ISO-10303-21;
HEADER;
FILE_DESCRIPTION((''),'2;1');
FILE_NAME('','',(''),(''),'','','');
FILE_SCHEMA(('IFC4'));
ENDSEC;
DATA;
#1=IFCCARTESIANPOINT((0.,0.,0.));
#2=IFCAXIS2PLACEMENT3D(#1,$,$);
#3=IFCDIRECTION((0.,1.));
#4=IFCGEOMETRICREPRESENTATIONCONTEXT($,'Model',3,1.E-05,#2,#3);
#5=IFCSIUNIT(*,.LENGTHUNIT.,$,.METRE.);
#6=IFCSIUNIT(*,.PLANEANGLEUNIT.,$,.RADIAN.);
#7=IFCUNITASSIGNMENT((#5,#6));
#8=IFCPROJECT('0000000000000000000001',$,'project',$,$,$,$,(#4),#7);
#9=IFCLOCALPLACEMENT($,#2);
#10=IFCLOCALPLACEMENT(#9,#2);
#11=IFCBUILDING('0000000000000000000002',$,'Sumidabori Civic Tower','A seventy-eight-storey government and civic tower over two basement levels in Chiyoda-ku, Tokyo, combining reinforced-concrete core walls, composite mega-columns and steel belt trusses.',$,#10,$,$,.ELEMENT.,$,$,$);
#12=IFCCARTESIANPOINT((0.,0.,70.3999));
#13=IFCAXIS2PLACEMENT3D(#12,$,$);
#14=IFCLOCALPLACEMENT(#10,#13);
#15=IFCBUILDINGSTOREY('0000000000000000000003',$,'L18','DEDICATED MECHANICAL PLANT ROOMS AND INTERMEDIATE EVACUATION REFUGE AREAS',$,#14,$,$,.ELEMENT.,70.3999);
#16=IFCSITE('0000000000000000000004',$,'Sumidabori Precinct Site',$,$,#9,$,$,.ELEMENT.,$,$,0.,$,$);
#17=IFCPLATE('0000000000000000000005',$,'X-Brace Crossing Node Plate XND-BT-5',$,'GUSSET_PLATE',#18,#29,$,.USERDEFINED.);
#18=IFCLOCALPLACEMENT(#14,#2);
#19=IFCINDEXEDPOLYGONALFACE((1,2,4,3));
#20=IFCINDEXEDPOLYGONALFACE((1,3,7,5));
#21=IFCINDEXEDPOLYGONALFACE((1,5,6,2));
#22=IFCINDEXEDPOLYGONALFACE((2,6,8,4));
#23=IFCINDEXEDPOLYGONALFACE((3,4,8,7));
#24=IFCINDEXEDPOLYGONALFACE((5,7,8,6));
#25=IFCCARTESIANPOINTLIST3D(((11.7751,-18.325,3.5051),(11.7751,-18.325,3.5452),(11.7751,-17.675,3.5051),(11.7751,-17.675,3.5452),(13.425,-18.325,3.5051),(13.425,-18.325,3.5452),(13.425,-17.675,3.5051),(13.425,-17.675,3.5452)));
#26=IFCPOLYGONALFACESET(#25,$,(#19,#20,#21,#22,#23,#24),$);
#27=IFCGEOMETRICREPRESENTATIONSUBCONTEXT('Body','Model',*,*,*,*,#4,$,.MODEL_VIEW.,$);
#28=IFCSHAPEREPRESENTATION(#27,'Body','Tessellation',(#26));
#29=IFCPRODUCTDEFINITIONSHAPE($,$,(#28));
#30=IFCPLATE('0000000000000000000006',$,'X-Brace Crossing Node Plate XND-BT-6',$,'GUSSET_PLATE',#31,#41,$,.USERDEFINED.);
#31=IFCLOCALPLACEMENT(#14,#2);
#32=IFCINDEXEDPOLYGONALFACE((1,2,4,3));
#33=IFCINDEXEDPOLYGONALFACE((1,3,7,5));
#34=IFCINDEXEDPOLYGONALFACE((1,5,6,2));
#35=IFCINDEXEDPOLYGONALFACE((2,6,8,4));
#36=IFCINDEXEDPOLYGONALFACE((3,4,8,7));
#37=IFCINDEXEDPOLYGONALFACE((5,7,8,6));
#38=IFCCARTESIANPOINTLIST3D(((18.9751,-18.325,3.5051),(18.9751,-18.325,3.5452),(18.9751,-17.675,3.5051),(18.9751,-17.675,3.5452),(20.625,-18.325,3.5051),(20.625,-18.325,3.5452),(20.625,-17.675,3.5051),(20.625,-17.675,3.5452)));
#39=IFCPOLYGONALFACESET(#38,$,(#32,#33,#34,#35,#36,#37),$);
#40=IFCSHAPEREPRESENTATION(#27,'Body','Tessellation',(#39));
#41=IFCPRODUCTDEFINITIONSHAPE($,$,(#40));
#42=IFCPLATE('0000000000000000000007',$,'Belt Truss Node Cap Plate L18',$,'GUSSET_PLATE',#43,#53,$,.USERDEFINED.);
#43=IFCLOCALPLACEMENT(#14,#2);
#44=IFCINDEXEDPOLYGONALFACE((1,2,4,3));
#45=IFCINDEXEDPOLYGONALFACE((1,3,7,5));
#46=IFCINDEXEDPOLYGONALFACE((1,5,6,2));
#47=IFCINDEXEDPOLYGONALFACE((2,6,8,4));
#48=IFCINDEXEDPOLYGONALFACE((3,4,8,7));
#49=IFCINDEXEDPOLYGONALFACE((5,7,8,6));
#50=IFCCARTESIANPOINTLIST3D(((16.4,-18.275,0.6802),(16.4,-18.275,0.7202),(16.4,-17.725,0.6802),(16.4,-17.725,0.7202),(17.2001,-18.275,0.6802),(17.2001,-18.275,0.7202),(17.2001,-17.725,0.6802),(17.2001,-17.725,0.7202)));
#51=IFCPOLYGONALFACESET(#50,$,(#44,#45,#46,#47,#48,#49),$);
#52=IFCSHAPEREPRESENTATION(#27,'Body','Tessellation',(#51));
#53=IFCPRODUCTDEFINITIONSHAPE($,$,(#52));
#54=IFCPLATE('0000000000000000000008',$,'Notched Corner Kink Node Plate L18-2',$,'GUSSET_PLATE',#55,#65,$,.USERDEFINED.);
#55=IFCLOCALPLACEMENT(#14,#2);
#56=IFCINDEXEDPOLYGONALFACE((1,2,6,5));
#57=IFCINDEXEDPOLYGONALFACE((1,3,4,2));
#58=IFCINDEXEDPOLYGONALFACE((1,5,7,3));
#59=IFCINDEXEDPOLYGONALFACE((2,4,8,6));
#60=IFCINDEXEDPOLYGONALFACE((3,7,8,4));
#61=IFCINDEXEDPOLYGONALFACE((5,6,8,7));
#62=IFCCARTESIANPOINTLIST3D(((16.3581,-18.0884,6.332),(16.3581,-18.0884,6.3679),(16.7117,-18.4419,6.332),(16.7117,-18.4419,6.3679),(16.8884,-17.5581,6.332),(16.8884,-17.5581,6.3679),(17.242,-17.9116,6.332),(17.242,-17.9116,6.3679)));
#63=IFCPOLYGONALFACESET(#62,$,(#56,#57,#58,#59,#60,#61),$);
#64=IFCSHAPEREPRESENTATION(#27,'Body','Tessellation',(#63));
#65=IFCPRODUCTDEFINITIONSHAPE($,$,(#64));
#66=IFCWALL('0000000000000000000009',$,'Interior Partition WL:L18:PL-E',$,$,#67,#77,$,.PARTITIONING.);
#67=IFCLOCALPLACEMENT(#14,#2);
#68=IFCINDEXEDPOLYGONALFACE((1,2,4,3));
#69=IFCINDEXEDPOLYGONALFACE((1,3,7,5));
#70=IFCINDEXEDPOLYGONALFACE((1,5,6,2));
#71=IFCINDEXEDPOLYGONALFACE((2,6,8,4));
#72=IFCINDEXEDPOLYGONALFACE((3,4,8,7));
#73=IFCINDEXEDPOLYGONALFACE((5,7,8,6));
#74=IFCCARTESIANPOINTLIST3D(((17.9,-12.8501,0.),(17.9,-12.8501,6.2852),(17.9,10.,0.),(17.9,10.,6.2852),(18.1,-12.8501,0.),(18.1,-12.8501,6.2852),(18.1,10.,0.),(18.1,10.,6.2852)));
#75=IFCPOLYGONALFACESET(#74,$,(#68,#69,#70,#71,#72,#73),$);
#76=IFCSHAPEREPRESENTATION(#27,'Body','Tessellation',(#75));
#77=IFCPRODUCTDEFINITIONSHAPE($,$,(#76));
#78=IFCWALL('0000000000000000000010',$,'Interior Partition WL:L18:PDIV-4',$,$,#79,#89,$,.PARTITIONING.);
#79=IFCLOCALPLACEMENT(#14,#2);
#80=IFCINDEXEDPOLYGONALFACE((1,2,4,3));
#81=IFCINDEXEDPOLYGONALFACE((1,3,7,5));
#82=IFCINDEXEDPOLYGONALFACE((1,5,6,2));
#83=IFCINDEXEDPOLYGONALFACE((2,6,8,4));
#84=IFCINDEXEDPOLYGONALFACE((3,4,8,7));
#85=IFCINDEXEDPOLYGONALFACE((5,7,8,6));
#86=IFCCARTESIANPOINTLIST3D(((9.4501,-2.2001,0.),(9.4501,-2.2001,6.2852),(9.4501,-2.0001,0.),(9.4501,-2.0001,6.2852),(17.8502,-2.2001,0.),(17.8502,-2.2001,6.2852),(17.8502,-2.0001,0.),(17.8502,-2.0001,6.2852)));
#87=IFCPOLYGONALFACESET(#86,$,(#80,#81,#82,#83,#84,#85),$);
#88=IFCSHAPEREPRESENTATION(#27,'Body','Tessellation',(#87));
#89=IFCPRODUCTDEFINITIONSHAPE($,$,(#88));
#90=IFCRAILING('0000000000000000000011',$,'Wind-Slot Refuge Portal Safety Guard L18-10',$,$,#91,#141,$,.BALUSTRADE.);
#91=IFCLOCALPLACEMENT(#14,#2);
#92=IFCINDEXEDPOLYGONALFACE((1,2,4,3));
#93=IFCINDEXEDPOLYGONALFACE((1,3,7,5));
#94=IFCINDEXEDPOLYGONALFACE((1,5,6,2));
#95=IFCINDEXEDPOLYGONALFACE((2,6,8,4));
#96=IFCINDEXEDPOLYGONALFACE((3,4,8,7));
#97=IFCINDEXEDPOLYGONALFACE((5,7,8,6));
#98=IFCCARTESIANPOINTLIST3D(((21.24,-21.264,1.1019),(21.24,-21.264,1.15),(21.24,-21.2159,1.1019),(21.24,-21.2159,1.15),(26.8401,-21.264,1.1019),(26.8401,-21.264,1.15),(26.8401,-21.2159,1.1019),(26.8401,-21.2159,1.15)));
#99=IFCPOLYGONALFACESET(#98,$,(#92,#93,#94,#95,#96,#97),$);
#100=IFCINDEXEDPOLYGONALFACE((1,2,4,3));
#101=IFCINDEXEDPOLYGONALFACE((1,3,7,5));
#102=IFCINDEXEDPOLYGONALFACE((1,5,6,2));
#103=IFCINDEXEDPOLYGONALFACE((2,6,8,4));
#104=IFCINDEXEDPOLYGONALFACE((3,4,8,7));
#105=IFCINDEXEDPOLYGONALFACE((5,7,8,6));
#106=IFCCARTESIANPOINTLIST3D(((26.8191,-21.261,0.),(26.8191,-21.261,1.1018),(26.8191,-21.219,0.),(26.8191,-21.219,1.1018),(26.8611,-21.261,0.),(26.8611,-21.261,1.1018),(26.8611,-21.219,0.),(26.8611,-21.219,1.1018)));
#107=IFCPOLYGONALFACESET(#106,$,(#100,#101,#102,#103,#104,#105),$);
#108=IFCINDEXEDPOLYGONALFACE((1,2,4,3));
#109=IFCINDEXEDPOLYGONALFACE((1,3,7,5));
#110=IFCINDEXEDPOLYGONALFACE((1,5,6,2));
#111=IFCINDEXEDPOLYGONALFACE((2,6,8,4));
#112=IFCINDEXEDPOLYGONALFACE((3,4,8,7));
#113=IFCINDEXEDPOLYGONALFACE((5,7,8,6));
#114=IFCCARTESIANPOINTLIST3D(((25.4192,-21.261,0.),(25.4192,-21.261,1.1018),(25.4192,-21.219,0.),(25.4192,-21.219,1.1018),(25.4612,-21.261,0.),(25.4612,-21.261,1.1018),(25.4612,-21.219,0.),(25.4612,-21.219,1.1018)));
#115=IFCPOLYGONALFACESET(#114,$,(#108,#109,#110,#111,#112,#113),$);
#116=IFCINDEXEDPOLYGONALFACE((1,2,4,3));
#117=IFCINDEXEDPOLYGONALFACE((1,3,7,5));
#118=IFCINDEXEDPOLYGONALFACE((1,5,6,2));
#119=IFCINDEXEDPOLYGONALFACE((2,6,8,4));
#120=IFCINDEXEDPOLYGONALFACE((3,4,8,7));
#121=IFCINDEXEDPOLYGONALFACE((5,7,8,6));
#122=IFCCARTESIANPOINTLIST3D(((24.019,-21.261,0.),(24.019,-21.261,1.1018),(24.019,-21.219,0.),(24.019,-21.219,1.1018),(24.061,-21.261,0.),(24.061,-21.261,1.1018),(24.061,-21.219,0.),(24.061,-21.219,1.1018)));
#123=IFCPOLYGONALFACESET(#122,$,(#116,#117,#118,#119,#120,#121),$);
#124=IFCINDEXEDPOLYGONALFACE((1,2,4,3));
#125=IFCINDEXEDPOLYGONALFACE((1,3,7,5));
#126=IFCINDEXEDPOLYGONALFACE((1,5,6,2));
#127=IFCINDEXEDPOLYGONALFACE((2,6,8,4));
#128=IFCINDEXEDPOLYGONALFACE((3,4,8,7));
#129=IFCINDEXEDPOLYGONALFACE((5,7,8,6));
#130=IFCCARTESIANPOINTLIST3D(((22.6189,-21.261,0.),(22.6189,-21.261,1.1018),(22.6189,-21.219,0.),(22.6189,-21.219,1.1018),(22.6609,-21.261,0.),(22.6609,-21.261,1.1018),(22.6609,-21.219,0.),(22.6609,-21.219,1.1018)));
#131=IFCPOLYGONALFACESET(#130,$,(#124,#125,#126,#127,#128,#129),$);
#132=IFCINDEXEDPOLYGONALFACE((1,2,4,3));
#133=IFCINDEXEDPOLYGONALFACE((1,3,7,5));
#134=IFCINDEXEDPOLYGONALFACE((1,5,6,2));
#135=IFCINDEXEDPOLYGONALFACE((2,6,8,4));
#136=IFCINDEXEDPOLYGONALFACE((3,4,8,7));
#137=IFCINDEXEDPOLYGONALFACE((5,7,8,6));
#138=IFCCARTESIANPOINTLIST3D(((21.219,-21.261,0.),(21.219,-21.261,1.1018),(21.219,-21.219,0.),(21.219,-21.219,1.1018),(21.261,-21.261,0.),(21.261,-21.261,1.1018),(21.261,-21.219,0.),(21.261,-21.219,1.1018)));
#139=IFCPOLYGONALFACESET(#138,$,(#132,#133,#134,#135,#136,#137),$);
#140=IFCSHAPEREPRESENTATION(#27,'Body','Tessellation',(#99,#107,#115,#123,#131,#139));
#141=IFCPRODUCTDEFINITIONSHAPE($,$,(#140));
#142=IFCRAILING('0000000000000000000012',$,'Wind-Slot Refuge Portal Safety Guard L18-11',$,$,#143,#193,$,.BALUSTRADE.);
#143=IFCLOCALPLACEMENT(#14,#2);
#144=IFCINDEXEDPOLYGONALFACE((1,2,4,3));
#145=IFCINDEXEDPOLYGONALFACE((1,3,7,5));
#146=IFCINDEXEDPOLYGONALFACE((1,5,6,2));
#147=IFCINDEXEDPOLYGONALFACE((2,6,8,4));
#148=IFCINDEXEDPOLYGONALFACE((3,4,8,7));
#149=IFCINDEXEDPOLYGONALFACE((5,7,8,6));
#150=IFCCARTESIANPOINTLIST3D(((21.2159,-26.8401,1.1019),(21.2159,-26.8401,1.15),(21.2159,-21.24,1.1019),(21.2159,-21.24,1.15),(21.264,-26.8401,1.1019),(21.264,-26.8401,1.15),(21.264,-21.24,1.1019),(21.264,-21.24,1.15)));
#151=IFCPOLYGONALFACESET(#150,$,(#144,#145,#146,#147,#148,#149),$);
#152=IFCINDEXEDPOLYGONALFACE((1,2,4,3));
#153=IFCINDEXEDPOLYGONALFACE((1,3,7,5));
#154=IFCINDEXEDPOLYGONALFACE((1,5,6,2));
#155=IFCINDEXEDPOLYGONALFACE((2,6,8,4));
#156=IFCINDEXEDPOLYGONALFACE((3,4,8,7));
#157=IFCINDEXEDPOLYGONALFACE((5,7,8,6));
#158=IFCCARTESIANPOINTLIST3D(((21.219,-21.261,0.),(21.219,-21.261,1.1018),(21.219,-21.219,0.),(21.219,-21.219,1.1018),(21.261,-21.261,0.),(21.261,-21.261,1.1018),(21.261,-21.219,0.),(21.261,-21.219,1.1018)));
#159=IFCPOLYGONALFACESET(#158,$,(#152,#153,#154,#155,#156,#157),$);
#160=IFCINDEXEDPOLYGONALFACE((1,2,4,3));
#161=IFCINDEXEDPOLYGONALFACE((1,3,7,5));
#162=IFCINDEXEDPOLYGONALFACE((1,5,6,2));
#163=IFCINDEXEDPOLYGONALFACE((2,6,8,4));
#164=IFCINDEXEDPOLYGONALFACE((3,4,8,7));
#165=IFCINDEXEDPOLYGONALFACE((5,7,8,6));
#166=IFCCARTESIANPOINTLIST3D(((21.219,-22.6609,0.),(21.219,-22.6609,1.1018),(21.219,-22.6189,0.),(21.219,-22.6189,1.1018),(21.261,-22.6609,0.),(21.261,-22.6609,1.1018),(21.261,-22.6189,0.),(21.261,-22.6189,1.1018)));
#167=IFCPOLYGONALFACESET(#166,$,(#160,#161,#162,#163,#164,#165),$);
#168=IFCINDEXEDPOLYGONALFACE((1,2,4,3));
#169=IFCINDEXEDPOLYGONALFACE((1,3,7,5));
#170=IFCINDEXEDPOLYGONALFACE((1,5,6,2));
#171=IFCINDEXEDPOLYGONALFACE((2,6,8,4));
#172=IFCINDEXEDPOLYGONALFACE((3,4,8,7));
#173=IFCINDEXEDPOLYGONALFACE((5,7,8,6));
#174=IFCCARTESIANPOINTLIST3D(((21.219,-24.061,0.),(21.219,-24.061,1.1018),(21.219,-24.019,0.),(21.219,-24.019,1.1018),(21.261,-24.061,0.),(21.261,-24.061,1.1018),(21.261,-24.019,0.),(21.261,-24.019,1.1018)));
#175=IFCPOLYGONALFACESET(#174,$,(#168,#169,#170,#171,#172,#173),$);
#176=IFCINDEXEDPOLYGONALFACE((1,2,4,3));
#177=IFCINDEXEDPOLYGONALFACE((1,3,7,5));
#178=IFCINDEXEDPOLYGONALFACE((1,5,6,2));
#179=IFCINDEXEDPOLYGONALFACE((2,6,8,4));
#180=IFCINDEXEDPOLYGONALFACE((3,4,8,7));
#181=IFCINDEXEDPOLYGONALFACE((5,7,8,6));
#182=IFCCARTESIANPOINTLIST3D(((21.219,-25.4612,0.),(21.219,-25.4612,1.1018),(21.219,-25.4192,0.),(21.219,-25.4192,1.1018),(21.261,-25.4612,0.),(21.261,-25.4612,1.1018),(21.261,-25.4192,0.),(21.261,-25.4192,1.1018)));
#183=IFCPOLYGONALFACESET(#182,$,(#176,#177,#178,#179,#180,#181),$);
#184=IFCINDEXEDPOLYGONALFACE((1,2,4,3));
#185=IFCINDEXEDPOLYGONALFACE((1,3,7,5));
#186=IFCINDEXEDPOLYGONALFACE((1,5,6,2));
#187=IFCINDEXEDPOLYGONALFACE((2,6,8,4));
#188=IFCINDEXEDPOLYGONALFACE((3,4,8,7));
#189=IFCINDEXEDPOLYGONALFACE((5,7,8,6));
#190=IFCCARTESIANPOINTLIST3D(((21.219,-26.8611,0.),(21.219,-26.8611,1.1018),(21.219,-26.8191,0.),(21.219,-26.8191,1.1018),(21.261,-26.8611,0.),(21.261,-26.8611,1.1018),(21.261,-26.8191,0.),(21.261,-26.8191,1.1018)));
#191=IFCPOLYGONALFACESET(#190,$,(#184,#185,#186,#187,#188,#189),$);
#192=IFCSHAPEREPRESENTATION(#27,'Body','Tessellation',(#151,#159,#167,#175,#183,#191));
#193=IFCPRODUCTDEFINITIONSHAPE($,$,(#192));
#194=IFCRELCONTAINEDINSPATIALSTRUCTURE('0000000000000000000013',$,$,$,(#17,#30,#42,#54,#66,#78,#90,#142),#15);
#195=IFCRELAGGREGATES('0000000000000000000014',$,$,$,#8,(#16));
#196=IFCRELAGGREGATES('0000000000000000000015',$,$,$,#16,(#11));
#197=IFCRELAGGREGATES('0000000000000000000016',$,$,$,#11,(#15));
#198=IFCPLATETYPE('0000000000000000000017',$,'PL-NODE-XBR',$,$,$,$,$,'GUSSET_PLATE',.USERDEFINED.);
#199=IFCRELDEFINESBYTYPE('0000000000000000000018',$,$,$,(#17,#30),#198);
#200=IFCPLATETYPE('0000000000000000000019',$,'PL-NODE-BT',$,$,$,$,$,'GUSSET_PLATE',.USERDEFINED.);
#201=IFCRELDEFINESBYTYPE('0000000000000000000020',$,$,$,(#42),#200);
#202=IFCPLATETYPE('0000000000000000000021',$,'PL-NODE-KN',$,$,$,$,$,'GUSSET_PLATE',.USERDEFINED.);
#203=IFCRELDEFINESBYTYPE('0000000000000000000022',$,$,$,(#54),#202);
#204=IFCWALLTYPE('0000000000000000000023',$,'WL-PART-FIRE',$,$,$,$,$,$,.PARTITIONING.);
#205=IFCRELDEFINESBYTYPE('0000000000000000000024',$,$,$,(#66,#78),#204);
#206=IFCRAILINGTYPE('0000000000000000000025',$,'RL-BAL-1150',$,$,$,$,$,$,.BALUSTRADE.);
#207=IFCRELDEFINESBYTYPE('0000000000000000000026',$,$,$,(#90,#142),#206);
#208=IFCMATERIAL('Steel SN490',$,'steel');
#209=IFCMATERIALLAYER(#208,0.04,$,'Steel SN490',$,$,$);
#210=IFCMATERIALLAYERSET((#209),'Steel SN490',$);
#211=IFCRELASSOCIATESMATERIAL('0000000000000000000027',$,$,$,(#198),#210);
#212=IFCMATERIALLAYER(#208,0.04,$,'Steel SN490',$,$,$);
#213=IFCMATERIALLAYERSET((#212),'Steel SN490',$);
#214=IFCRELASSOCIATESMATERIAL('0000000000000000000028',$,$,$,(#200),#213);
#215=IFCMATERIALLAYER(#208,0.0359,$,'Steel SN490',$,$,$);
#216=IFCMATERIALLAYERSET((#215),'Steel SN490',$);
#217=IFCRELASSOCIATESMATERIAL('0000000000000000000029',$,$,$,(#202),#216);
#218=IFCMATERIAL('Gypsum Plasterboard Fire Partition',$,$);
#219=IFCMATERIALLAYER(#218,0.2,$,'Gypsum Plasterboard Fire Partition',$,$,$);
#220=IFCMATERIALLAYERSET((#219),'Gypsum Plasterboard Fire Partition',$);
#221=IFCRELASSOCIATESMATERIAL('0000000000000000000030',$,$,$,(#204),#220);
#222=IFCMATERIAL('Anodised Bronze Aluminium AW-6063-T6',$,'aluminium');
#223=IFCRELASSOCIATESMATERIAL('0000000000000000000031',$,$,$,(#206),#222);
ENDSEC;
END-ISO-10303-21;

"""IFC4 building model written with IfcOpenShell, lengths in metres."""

from ifc_helpers import new_model, si_unit, direction, frame, frame_2d, origin, origin_2d, place, context, subcontext, project, spatial, rectangle, extrude, source, transform, mapped, material, layer, layer_set, type_object, element, save


model = new_model("IFC4")

# Units and contexts
model_context = context("Model", 3, precision=1e-05, world=origin(), true_north=direction((0.0, 1.0)))
body_context = subcontext(model_context, "Body", "Model", "MODEL_VIEW")
ifc_project = project(units=[si_unit("LENGTHUNIT", "METRE"), si_unit("PLANEANGLEUNIT", "RADIAN")], contexts=[model_context])

# Site, building, storey
site_placement = place(None, origin())
site = spatial("IfcSite", under=ifc_project, at=site_placement, Name="Sumidabori Precinct Site", CompositionType="ELEMENT", RefElevation=0.0)
building_placement = place(site_placement, origin())
building = spatial("IfcBuilding", under=site, at=building_placement, Name="Sumidabori Civic Tower", Description="A seventy-eight-storey government and civic tower over two basement levels in Chiyoda-ku, Tokyo, combining reinforced-concrete core walls, composite mega-columns and steel belt trusses.", CompositionType="ELEMENT")
storey_placement = place(building_placement, frame((0.0, 0.0, 70.3999)))
storey = spatial("IfcBuildingStorey", under=building, at=storey_placement, Name="L18", Description="DEDICATED MECHANICAL PLANT ROOMS AND INTERMEDIATE EVACUATION REFUGE AREAS", CompositionType="ELEMENT", Elevation=70.3999)

# Shared definitions
ifc_material_1 = material(Name="Steel SN490", Category="steel")

# Plates
ifc_layer_1 = layer(ifc_material_1, 0.04, Name="Steel SN490")
ifc_layer_set_1 = layer_set([ifc_layer_1], Name="Steel SN490")
plate_type_1 = type_object("IfcPlateType", Name="PL-NODE-XBR", ElementType="GUSSET_PLATE", PredefinedType="USERDEFINED", material=ifc_layer_set_1)
shared_shape_1 = source(origin(), body_context, "Body", "SweptSolid", [
    extrude(rectangle(XDim=1.6499, YDim=0.6499, at=origin_2d()), origin(), (0.0, 0.0, 1.0), 0.04),
])
for number, where, z_axis, x_axis, name in (
    (1, (12.6001, -18.0, 3.5051), (0.0, 0.0, 1.0), (1.0, 0.0, 0.0), "X-Brace Crossing Node Plate XND-BT-5"),
    (2, (19.8, -18.0, 3.5051), (0.0, 0.0, 1.0), (1.0, 0.0, 0.0), "X-Brace Crossing Node Plate XND-BT-6"),
):
    element("IfcPlate", number, at=place(storey_placement, frame(where, z_axis=z_axis, x_axis=x_axis)), inside=storey, type_object=plate_type_1, Name=name, ObjectType="GUSSET_PLATE", PredefinedType="USERDEFINED", context=body_context, shape_type="MappedRepresentation", body=[
        mapped(shared_shape_1, transform((0.0, 0.0, 0.0), x_axis=(1.0, 0.0, 0.0), y_axis=(0.0, 1.0, 0.0), z_axis=(0.0, 0.0, 1.0), scale=1.0)),
    ])
ifc_layer_2 = layer(ifc_material_1, 0.04, Name="Steel SN490")
ifc_layer_set_2 = layer_set([ifc_layer_2], Name="Steel SN490")
plate_type_2 = type_object("IfcPlateType", Name="PL-NODE-BT", ElementType="GUSSET_PLATE", PredefinedType="USERDEFINED", material=ifc_layer_set_2)
shared_shape_2 = source(origin(), body_context, "Body", "SweptSolid", [
    extrude(rectangle(XDim=0.8, YDim=0.55, at=origin_2d()), origin(), (0.0, 0.0, 1.0), 0.04),
])
plate_1_placement = place(storey_placement, frame((16.8, -18.0, 0.6802), z_axis=(0.0, 0.0, 1.0), x_axis=(1.0, 0.0, 0.0)))
element("IfcPlate", 3, at=plate_1_placement, inside=storey, type_object=plate_type_2, Name="Belt Truss Node Cap Plate L18", ObjectType="GUSSET_PLATE", PredefinedType="USERDEFINED", context=body_context, shape_type="MappedRepresentation", body=[
    mapped(shared_shape_2, transform((0.0, 0.0, 0.0), x_axis=(1.0, 0.0, 0.0), y_axis=(0.0, 1.0, 0.0), z_axis=(0.0, 0.0, 1.0), scale=1.0)),
])
ifc_layer_3 = layer(ifc_material_1, 0.0359, Name="Steel SN490")
ifc_layer_set_3 = layer_set([ifc_layer_3], Name="Steel SN490")
plate_type_3 = type_object("IfcPlateType", Name="PL-NODE-KN", ElementType="GUSSET_PLATE", PredefinedType="USERDEFINED", material=ifc_layer_set_3)
shared_shape_3 = source(origin(), body_context, "Body", "SweptSolid", [
    extrude(rectangle(XDim=0.75, YDim=0.5, at=origin_2d()), origin(), (0.0, 0.0, 1.0), 0.0359),
])
plate_2_placement = place(storey_placement, frame((16.8, -18.0, 6.332), z_axis=(0.0, 0.0, 1.0), x_axis=(0.707107, 0.707107, 0.0)))
element("IfcPlate", 4, at=plate_2_placement, inside=storey, type_object=plate_type_3, Name="Notched Corner Kink Node Plate L18-2", ObjectType="GUSSET_PLATE", PredefinedType="USERDEFINED", context=body_context, shape_type="MappedRepresentation", body=[
    mapped(shared_shape_3, transform((0.0, 0.0, 0.0), x_axis=(1.0, 0.0, 0.0), y_axis=(0.0, 1.0, 0.0), z_axis=(0.0, 0.0, 1.0), scale=1.0)),
])

# Walls
ifc_material_2 = material(Name="Gypsum Plasterboard Fire Partition")
ifc_layer_4 = layer(ifc_material_2, 0.2, Name="Gypsum Plasterboard Fire Partition")
ifc_layer_set_4 = layer_set([ifc_layer_4], Name="Gypsum Plasterboard Fire Partition")
wall_type = type_object("IfcWallType", Name="WL-PART-FIRE", PredefinedType="PARTITIONING", material=ifc_layer_set_4)
shared_shape_4 = source(origin(), body_context, "Body", "SweptSolid", [
    extrude(rectangle(XDim=22.8501, YDim=0.2, at=frame_2d((11.425, 0.0))), origin(), (0.0, 0.0, 1.0), 6.2852),
])
wall_1_placement = place(storey_placement, frame((18.0, -12.8501, 0.0), z_axis=(0.0, 0.0, 1.0), x_axis=(0.0, 1.0, 0.0)))
element("IfcWall", 5, at=wall_1_placement, inside=storey, type_object=wall_type, Name="Interior Partition WL:L18:PL-E", PredefinedType="PARTITIONING", context=body_context, shape_type="MappedRepresentation", body=[
    mapped(shared_shape_4, transform((0.0, 0.0, 0.0), x_axis=(1.0, 0.0, 0.0), y_axis=(0.0, 1.0, 0.0), z_axis=(0.0, 0.0, 1.0), scale=1.0)),
])
shared_shape_5 = source(origin(), body_context, "Body", "SweptSolid", [
    extrude(rectangle(XDim=8.4001, YDim=0.2, at=frame_2d((4.2002, 0.0))), origin(), (0.0, 0.0, 1.0), 6.2852),
])
wall_2_placement = place(storey_placement, frame((9.45, -2.1001, 0.0), z_axis=(0.0, 0.0, 1.0), x_axis=(1.0, 0.0, 0.0)))
element("IfcWall", 6, at=wall_2_placement, inside=storey, type_object=wall_type, Name="Interior Partition WL:L18:PDIV-4", PredefinedType="PARTITIONING", context=body_context, shape_type="MappedRepresentation", body=[
    mapped(shared_shape_5, transform((0.0, 0.0, 0.0), x_axis=(1.0, 0.0, 0.0), y_axis=(0.0, 1.0, 0.0), z_axis=(0.0, 0.0, 1.0), scale=1.0)),
])

# Railings
ifc_material_3 = material(Name="Anodised Bronze Aluminium AW-6063-T6", Category="aluminium")
railing_type = type_object("IfcRailingType", Name="RL-BAL-1150", PredefinedType="BALUSTRADE", material=ifc_material_3)
railing_1_placement = place(storey_placement, frame((26.8401, -21.24, 0.0)))
element("IfcRailing", 7, at=railing_1_placement, inside=storey, type_object=railing_type, Name="Wind-Slot Refuge Portal Safety Guard L18-10", PredefinedType="BALUSTRADE", context=body_context, shape_type="SweptSolid", body=[
    extrude(rectangle(XDim=0.0481, YDim=0.0481, at=origin_2d()), frame((0.0, 0.0, 1.126), z_axis=(-1.0, 0.0, 0.0), x_axis=(0.0, -1.0, 0.0)), (0.0, 0.0, 1.0), 5.6001),
    extrude(rectangle(XDim=0.042, YDim=0.042, at=origin_2d()), origin(), (0.0, 0.0, 1.0), 1.1018),
    extrude(rectangle(XDim=0.042, YDim=0.042, at=origin_2d()), frame((-1.3999, 0.0, 0.0)), (0.0, 0.0, 1.0), 1.1018),
    extrude(rectangle(XDim=0.042, YDim=0.042, at=origin_2d()), frame((-2.8, 0.0, 0.0)), (0.0, 0.0, 1.0), 1.1018),
    extrude(rectangle(XDim=0.042, YDim=0.042, at=origin_2d()), frame((-4.2002, 0.0, 0.0)), (0.0, 0.0, 1.0), 1.1018),
    extrude(rectangle(XDim=0.042, YDim=0.042, at=origin_2d()), frame((-5.6001, 0.0, 0.0)), (0.0, 0.0, 1.0), 1.1018),
])
railing_2_placement = place(storey_placement, frame((21.24, -21.24, 0.0)))
element("IfcRailing", 8, at=railing_2_placement, inside=storey, type_object=railing_type, Name="Wind-Slot Refuge Portal Safety Guard L18-11", PredefinedType="BALUSTRADE", context=body_context, shape_type="SweptSolid", body=[
    extrude(rectangle(XDim=0.0481, YDim=0.0481, at=origin_2d()), frame((0.0, 0.0, 1.126), z_axis=(0.0, -1.0, 0.0), x_axis=(1.0, 0.0, 0.0)), (0.0, 0.0, 1.0), 5.6001),
    extrude(rectangle(XDim=0.042, YDim=0.042, at=origin_2d()), origin(), (0.0, 0.0, 1.0), 1.1018),
    extrude(rectangle(XDim=0.042, YDim=0.042, at=origin_2d()), frame((0.0, -1.3999, 0.0)), (0.0, 0.0, 1.0), 1.1018),
    extrude(rectangle(XDim=0.042, YDim=0.042, at=origin_2d()), frame((0.0, -2.8, 0.0)), (0.0, 0.0, 1.0), 1.1018),
    extrude(rectangle(XDim=0.042, YDim=0.042, at=origin_2d()), frame((0.0, -4.2002, 0.0)), (0.0, 0.0, 1.0), 1.1018),
    extrude(rectangle(XDim=0.042, YDim=0.042, at=origin_2d()), frame((0.0, -5.6001, 0.0)), (0.0, 0.0, 1.0), 1.1018),
])

save(model, "model.ifc")
